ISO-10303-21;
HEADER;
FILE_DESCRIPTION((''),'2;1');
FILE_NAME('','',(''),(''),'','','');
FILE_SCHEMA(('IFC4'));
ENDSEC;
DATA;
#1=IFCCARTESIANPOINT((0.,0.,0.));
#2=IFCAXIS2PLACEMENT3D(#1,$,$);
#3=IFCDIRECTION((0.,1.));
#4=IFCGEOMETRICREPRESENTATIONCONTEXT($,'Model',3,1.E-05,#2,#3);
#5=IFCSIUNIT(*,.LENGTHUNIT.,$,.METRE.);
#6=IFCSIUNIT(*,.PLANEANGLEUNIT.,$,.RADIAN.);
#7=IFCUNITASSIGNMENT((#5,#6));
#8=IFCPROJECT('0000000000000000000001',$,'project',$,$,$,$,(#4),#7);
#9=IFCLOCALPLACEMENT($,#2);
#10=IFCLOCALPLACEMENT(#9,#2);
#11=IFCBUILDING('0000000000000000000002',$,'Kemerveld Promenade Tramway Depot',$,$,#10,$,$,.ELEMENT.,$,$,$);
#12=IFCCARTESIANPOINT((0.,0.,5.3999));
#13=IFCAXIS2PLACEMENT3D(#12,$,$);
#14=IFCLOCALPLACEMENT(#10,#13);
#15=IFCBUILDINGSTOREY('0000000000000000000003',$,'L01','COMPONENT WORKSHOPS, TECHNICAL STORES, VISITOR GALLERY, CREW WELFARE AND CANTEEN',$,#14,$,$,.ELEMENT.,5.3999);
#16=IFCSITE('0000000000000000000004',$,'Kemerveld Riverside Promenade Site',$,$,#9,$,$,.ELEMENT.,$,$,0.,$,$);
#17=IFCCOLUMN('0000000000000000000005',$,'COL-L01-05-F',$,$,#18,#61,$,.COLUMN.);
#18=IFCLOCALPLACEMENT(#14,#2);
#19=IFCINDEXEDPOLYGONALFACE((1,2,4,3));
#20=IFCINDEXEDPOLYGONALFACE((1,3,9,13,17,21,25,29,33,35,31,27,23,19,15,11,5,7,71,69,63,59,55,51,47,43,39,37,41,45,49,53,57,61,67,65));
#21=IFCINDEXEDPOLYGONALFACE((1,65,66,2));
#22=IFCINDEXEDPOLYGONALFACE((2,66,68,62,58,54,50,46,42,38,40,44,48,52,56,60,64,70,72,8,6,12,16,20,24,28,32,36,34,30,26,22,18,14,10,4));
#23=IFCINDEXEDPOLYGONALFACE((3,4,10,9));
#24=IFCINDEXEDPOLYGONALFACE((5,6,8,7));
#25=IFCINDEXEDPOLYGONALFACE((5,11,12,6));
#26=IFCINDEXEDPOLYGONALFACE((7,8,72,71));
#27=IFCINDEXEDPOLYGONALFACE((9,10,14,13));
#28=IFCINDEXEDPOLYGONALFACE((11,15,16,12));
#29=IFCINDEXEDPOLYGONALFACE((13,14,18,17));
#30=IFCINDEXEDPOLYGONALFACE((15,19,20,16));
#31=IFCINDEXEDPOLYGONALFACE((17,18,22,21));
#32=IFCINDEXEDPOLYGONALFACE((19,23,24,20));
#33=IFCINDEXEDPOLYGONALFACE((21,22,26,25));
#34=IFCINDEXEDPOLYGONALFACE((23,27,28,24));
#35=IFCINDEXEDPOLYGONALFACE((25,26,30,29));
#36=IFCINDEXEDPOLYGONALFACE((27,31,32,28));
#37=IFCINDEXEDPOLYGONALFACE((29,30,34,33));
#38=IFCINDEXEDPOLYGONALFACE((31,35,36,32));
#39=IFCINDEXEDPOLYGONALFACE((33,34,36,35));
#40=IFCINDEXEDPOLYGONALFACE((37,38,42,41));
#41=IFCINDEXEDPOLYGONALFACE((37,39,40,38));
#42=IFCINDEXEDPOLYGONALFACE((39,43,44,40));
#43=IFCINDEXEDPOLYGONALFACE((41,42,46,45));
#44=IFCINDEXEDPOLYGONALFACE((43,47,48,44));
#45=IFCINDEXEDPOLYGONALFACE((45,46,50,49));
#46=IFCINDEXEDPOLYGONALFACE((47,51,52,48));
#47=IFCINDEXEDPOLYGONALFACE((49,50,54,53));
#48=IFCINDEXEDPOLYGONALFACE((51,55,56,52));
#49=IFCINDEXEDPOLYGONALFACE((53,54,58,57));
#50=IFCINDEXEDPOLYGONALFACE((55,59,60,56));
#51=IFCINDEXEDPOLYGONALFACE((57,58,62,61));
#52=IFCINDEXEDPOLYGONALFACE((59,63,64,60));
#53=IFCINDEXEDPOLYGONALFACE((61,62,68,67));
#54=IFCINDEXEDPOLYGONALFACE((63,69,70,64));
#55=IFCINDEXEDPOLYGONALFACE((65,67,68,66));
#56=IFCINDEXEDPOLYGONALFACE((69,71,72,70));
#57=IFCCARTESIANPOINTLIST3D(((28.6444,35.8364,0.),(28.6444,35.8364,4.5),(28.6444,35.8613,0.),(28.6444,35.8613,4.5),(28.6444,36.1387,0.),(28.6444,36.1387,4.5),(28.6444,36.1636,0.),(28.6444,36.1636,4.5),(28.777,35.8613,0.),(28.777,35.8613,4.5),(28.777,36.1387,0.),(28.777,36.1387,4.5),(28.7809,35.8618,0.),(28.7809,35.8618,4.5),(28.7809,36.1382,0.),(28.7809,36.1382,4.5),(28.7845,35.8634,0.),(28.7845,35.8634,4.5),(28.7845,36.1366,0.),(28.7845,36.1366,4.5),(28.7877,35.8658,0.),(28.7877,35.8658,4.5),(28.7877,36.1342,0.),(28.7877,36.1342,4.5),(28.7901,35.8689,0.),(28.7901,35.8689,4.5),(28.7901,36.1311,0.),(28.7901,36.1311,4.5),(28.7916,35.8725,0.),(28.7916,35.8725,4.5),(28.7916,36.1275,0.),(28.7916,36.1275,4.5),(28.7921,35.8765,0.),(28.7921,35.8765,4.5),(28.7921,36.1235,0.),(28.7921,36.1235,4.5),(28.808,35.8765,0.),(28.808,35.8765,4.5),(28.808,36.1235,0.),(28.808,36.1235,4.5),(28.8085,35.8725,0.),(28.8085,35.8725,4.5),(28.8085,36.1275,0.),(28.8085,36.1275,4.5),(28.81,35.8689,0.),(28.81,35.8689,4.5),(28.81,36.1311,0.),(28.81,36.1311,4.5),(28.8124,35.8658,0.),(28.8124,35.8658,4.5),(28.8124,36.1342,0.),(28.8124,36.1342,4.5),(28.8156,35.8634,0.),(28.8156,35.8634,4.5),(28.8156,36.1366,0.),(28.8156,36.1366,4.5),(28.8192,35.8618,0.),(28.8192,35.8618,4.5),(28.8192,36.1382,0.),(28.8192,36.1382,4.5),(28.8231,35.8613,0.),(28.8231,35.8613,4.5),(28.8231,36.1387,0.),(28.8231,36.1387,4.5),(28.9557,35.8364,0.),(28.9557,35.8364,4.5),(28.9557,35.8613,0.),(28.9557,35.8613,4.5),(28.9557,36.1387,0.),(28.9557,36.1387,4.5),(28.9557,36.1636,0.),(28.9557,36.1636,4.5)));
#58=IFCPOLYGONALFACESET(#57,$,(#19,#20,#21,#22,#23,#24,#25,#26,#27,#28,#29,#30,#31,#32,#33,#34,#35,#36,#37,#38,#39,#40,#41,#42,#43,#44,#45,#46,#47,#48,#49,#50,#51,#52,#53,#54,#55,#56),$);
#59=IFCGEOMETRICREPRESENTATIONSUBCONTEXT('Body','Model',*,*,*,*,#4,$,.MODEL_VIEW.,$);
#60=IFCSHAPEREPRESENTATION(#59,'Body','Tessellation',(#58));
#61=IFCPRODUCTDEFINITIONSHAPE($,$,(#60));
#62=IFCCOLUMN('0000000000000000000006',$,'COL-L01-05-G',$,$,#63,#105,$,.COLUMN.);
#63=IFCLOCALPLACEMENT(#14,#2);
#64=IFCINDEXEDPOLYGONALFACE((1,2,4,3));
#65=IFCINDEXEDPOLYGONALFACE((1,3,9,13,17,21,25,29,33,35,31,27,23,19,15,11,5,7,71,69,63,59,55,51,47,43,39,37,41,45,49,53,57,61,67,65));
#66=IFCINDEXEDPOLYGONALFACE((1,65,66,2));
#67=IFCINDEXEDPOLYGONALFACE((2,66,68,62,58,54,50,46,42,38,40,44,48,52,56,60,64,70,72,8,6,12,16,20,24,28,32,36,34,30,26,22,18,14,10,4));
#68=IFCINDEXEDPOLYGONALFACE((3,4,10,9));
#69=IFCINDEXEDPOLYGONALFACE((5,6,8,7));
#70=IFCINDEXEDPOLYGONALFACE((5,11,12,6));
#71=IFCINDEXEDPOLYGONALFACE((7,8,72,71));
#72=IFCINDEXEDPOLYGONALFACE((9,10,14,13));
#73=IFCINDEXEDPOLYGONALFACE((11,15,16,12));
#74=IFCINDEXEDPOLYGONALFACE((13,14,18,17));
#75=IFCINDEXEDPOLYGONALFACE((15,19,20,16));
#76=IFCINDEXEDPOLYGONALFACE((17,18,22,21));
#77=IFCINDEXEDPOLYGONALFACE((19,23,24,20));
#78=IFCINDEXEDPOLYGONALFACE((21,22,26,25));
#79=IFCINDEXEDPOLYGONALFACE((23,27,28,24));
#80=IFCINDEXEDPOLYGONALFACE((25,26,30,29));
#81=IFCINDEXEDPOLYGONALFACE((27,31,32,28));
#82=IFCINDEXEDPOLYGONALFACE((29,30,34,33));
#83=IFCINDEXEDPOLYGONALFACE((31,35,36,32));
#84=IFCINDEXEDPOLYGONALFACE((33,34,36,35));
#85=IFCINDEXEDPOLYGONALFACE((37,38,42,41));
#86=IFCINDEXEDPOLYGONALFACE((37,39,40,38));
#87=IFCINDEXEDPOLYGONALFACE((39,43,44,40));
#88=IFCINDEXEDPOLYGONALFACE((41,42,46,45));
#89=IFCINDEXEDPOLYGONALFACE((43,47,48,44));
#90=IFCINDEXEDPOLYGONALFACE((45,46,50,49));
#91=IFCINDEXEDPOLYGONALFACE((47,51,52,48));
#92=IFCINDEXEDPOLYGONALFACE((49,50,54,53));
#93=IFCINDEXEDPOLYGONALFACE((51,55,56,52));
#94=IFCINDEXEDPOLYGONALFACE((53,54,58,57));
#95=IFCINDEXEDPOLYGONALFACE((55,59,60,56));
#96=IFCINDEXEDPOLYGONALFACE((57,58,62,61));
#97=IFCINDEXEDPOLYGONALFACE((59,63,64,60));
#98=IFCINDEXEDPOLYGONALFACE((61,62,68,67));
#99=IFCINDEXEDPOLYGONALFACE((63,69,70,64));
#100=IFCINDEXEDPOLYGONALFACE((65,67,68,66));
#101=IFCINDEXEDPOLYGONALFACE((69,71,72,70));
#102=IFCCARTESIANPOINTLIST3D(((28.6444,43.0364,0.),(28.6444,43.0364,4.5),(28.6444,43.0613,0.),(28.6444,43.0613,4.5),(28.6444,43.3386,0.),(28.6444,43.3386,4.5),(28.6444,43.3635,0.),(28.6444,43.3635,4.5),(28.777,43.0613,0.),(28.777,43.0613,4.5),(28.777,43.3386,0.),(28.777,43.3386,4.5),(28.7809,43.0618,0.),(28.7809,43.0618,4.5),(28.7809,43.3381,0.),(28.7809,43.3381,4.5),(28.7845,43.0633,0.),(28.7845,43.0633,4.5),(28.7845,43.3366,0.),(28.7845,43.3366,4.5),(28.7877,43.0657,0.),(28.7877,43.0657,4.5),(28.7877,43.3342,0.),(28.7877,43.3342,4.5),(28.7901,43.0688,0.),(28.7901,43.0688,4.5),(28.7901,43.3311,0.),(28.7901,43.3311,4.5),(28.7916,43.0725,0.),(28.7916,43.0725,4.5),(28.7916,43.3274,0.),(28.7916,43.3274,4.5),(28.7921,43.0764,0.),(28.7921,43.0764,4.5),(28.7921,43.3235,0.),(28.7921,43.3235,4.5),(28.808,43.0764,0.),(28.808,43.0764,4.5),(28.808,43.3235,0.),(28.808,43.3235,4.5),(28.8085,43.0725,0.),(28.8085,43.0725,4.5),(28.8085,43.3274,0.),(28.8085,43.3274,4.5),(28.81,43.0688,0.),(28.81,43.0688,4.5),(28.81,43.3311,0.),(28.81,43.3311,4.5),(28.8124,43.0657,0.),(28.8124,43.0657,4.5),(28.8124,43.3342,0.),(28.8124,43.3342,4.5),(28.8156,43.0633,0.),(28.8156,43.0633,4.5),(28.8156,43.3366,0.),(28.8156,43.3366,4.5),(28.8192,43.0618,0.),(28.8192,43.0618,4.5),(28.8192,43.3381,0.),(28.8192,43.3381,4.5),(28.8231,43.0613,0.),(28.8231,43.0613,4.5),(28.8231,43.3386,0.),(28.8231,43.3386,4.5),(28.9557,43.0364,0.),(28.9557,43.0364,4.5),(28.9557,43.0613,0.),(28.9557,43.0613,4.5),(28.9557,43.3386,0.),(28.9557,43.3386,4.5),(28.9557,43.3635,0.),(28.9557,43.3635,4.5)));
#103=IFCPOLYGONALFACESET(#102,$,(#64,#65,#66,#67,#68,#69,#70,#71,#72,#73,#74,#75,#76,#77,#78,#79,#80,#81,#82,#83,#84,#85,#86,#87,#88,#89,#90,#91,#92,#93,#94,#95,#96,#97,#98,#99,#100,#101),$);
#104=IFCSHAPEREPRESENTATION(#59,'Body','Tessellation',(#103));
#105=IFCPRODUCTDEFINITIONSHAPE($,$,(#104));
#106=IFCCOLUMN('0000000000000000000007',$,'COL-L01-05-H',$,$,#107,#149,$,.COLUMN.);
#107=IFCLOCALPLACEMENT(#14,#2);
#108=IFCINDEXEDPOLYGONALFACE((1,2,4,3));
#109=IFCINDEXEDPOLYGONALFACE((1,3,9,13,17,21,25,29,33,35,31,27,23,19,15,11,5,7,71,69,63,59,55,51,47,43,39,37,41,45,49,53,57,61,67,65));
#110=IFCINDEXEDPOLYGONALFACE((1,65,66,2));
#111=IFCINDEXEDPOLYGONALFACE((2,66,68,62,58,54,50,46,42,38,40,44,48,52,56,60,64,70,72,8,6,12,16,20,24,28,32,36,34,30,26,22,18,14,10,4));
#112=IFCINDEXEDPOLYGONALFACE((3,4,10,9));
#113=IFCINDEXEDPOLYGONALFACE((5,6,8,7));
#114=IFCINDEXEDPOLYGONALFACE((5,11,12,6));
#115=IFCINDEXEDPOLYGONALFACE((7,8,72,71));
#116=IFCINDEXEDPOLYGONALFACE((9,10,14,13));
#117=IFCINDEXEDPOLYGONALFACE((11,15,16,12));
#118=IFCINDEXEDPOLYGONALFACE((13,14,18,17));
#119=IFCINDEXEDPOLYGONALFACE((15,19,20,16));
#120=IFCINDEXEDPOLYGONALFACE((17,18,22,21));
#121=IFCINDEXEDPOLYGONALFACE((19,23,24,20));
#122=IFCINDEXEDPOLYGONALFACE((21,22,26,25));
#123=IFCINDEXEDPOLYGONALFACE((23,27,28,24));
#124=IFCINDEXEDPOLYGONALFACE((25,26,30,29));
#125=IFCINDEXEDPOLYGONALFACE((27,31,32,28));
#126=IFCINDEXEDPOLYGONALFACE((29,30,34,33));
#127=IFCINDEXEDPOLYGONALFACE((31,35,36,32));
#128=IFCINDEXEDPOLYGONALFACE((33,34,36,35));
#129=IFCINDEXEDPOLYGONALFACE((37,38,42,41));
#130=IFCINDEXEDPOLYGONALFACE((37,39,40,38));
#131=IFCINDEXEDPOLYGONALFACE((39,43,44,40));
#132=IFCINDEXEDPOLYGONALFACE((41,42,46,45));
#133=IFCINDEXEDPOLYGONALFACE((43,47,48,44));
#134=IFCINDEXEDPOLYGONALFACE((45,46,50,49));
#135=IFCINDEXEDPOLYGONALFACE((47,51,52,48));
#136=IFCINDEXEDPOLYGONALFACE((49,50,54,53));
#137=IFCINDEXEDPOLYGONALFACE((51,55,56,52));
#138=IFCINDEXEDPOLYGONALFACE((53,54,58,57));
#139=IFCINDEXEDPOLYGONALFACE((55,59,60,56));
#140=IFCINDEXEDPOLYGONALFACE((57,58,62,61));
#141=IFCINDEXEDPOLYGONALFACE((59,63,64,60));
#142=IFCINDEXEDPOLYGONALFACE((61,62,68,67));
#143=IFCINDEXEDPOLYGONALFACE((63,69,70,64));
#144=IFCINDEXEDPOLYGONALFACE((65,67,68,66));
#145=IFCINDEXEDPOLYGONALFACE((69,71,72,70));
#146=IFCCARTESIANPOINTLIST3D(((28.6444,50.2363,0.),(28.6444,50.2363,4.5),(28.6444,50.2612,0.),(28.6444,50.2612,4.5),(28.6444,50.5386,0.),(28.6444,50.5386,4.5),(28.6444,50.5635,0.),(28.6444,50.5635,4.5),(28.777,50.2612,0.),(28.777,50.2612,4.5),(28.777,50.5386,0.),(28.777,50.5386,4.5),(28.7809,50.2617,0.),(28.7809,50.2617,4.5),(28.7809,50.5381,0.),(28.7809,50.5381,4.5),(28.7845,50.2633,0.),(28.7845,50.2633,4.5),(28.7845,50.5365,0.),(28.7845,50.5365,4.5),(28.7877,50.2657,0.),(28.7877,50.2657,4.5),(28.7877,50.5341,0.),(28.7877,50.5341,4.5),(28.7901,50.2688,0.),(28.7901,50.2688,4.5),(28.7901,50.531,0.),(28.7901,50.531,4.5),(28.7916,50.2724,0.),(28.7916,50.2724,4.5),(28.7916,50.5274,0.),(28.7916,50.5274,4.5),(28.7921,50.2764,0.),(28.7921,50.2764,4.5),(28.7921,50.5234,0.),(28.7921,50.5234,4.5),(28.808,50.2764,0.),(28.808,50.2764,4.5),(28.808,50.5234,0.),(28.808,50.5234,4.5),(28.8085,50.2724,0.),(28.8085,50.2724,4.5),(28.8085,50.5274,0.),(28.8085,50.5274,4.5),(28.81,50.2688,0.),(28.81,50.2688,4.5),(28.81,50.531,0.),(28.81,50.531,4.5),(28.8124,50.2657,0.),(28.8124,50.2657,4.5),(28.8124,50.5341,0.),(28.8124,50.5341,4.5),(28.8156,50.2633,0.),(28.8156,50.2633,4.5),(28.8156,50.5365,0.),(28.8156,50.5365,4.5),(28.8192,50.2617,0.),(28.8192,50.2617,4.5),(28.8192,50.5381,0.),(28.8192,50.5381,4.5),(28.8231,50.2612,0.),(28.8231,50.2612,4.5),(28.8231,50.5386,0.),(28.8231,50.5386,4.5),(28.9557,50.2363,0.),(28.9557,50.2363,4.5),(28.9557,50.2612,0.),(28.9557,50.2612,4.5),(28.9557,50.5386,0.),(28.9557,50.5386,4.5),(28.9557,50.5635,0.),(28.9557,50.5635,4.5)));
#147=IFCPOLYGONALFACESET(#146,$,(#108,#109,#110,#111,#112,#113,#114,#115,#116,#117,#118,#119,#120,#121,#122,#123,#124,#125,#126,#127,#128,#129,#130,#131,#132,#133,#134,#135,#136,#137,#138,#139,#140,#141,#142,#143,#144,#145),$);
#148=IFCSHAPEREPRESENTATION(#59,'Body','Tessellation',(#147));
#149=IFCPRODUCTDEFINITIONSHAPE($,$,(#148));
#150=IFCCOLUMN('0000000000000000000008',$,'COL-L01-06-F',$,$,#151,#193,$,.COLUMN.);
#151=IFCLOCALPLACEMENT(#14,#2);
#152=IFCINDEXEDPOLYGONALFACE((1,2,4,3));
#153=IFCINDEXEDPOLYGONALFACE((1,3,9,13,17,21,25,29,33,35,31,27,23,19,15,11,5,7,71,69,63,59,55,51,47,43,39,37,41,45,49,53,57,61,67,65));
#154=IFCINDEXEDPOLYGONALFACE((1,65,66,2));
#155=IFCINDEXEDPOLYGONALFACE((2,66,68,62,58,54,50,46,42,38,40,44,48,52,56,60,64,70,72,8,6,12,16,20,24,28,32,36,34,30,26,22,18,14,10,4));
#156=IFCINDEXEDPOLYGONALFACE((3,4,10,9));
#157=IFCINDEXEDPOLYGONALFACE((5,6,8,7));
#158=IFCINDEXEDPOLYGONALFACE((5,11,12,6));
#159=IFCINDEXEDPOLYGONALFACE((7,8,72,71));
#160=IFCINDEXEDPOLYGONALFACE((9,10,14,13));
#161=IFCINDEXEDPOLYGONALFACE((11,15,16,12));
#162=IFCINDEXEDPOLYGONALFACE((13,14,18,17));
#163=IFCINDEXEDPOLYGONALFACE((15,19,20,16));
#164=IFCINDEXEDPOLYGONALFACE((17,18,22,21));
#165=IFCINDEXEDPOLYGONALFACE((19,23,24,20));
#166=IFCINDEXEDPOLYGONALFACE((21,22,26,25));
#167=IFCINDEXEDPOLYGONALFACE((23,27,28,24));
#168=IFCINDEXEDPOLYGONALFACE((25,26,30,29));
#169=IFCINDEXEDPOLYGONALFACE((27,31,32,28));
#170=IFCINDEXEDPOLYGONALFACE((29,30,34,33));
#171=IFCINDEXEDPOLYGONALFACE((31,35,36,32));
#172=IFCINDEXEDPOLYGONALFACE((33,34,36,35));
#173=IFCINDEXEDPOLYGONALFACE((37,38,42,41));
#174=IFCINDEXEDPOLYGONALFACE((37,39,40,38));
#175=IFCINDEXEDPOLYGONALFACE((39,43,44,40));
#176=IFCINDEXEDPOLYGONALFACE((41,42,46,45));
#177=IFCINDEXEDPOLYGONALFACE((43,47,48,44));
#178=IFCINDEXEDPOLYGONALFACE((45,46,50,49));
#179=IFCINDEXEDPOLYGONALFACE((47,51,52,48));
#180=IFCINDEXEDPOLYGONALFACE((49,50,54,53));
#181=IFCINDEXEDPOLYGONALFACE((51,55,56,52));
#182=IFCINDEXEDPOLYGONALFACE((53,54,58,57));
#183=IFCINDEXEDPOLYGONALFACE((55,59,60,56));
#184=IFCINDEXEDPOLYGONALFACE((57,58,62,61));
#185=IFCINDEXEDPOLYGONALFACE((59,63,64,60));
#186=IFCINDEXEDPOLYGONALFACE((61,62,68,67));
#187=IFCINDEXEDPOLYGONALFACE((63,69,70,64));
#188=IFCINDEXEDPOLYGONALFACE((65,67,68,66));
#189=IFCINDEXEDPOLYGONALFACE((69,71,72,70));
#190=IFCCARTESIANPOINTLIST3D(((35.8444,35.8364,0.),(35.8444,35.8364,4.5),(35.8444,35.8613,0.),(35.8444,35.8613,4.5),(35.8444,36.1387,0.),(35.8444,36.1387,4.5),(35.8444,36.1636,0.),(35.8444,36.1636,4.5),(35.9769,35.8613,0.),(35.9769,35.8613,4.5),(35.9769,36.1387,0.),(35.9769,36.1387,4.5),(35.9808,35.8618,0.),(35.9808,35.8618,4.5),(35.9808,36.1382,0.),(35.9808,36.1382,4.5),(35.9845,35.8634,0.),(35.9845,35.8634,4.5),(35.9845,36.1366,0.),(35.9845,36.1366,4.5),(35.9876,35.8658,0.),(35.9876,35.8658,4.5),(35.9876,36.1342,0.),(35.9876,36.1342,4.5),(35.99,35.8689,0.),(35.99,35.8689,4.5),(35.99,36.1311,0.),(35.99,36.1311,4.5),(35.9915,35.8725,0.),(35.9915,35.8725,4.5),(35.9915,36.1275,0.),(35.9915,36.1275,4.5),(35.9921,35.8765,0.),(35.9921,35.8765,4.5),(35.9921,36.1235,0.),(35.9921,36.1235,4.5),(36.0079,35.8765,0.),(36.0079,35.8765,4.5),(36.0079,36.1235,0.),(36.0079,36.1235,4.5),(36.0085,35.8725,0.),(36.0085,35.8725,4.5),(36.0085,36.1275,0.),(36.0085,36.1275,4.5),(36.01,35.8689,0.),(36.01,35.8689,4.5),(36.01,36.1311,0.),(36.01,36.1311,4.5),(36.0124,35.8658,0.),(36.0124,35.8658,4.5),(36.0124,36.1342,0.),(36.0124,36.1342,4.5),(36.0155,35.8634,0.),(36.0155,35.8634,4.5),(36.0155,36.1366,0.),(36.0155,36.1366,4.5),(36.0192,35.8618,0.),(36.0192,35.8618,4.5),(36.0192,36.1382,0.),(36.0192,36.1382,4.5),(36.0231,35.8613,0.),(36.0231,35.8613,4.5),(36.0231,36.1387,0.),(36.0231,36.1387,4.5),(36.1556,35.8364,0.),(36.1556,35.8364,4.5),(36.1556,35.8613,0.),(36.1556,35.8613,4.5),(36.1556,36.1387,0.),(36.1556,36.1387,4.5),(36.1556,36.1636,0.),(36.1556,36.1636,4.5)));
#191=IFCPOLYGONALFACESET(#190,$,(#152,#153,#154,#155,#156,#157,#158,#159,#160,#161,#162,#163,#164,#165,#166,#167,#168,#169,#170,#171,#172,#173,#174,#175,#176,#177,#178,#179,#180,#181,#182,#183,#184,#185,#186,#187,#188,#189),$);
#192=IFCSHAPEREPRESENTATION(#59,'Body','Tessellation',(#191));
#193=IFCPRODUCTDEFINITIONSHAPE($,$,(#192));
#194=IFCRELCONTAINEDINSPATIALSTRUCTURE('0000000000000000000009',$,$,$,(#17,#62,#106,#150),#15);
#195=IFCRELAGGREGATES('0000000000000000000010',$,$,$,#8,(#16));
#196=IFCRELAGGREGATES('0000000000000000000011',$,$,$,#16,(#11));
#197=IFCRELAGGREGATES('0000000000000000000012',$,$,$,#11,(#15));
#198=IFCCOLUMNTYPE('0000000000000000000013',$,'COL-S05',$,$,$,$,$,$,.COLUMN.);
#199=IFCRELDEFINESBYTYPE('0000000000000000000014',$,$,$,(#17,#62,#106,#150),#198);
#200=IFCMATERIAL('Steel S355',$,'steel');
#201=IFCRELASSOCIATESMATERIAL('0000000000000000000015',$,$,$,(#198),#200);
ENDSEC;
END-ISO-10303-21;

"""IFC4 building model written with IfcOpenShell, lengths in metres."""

from ifc_helpers import new_model, si_unit, direction, frame, origin, origin_2d, place, context, subcontext, project, spatial, i_section, extrude, material, material_profile, profile_set, type_object, element, save


model = new_model("IFC4")

# Units and contexts
model_context = context("Model", 3, precision=1e-05, world=origin(), true_north=direction((0.0, 1.0)))
body_context = subcontext(model_context, "Body", "Model", "MODEL_VIEW")
ifc_project = project(units=[si_unit("LENGTHUNIT", "METRE"), si_unit("PLANEANGLEUNIT", "RADIAN")], contexts=[model_context])

# Site, building, storey
site_placement = place(None, origin())
site = spatial("IfcSite", under=ifc_project, at=site_placement, Name="Kemerveld Riverside Promenade Site", CompositionType="ELEMENT", RefElevation=0.0)
building_placement = place(site_placement, origin())
building = spatial("IfcBuilding", under=site, at=building_placement, Name="Kemerveld Promenade Tramway Depot", CompositionType="ELEMENT")
storey_placement = place(building_placement, frame((0.0, 0.0, 5.3999)))
storey = spatial("IfcBuildingStorey", under=building, at=storey_placement, Name="L01", Description="COMPONENT WORKSHOPS, TECHNICAL STORES, VISITOR GALLERY, CREW WELFARE AND CANTEEN", CompositionType="ELEMENT", Elevation=5.3999)

# Columns
ifc_material_1 = material(Name="Steel S355", Category="steel")
ifc_material_profile_1 = material_profile(ifc_material_1, i_section(OverallWidth=0.3113, OverallDepth=0.3271, WebThickness=0.0159, FlangeThickness=0.0249, FilletRadius=0.0151, at=origin_2d()), Name="305x305x158 UC")
ifc_profile_set_1 = profile_set([ifc_material_profile_1], Name="Steel S355")
column_type = type_object("IfcColumnType", Name="COL-S05", PredefinedType="COLUMN", material=ifc_profile_set_1)
for number, where, z_axis, x_axis, name in (
    (1, (28.8, 36.0, 0.0), (0.0, 0.0, 1.0), (1.0, 0.0, 0.0), "COL-L01-05-F"),
    (2, (28.8, 43.2, 0.0), (0.0, 0.0, 1.0), (1.0, 0.0, 0.0), "COL-L01-05-G"),
    (3, (28.8, 50.3999, 0.0), (0.0, 0.0, 1.0), (1.0, 0.0, 0.0), "COL-L01-05-H"),
    (4, (36.0, 36.0, 0.0), (0.0, 0.0, 1.0), (1.0, 0.0, 0.0), "COL-L01-06-F"),
):
    element("IfcColumn", number, at=place(storey_placement, frame(where, z_axis=z_axis, x_axis=x_axis)), inside=storey, type_object=column_type, Name=name, PredefinedType="COLUMN", context=body_context, shape_type="SweptSolid", body=[
        extrude(i_section(OverallWidth=0.3113, OverallDepth=0.3271, WebThickness=0.0159, FlangeThickness=0.0249, FilletRadius=0.0151, at=origin_2d()), origin(), (0.0, 0.0, 1.0), 4.5),
    ])

save(model, "model.ifc")
